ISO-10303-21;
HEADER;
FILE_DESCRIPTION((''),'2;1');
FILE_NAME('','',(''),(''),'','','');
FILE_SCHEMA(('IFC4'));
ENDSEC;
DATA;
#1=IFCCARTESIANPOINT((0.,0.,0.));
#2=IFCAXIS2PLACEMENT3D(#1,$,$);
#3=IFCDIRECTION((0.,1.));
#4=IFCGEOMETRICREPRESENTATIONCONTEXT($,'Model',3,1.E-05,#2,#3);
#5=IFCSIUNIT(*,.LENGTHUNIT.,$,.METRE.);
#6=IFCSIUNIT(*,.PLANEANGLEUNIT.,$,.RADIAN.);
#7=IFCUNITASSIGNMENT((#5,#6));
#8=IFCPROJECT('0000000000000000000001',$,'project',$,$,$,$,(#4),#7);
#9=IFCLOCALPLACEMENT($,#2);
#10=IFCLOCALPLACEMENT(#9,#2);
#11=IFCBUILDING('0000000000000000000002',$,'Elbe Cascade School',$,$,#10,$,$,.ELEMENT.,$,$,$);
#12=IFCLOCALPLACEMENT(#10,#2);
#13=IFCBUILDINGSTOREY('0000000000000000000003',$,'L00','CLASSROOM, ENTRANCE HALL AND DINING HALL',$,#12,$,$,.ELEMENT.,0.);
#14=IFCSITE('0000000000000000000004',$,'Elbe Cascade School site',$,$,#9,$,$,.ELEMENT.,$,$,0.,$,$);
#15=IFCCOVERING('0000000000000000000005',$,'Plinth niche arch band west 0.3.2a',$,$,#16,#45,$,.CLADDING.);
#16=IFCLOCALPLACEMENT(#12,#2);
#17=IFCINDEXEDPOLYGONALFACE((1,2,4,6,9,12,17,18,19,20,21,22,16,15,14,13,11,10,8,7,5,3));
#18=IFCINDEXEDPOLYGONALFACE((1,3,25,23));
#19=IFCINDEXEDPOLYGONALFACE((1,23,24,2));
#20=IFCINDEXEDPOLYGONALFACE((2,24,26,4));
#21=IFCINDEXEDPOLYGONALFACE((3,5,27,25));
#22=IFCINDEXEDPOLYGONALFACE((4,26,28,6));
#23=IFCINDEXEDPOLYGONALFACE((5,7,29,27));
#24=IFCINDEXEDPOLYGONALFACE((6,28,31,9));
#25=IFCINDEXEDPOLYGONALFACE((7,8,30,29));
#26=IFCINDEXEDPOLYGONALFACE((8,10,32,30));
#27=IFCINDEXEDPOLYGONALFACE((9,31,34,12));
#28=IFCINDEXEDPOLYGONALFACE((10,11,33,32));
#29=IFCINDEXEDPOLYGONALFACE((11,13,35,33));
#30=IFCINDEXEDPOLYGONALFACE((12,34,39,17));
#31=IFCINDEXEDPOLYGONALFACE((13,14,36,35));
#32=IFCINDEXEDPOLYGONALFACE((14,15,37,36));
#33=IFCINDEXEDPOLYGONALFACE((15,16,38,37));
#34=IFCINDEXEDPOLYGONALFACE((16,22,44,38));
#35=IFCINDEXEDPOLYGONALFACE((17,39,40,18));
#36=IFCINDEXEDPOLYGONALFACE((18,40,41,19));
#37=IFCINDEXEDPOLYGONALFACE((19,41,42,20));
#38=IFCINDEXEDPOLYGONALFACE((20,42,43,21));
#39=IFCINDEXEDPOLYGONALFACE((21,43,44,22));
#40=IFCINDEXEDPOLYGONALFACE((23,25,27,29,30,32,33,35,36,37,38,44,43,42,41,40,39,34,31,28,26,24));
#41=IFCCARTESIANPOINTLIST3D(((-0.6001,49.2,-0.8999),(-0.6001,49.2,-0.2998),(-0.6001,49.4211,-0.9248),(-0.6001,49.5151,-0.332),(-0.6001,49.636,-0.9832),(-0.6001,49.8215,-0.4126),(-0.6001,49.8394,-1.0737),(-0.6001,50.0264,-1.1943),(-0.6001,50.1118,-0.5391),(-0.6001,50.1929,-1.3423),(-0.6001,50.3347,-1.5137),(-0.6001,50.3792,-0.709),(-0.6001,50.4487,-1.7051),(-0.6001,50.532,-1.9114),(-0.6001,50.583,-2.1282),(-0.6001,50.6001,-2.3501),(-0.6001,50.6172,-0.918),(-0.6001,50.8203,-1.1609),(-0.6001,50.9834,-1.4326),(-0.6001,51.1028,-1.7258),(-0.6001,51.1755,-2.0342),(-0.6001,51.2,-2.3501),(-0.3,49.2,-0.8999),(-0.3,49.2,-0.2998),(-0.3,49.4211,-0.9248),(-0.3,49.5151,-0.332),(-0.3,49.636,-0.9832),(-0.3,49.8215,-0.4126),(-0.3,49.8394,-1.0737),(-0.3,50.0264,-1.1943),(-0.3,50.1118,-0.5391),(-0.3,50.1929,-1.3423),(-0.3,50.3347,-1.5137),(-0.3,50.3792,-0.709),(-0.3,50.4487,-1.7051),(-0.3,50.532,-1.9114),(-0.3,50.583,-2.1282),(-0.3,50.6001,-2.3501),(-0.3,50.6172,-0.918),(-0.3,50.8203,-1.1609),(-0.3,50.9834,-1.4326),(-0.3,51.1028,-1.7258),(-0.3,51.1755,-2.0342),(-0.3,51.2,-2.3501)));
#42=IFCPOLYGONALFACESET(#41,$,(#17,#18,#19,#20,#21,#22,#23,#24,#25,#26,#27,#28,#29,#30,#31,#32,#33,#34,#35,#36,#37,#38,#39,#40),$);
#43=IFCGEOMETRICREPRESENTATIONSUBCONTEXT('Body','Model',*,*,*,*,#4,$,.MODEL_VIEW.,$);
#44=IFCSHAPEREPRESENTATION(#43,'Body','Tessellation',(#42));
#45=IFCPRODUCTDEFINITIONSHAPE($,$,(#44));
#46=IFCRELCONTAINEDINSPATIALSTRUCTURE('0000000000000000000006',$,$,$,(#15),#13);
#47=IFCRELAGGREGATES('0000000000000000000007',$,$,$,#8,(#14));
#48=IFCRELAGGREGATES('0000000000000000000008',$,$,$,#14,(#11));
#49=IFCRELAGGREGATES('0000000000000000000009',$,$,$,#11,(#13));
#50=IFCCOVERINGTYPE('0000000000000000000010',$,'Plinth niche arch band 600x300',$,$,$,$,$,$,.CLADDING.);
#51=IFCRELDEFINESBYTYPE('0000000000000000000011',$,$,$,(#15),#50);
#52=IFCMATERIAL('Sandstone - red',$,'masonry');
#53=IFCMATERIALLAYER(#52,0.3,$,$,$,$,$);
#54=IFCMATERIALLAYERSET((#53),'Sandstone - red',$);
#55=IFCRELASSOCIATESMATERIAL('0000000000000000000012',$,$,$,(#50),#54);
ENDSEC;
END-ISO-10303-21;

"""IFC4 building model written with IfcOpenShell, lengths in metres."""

from ifc_helpers import new_model, si_unit, direction, frame, origin, place, context, subcontext, project, spatial, polyline, outline, extrude, material, layer, layer_set, type_object, element, save


model = new_model("IFC4")

# Units and contexts
model_context = context("Model", 3, precision=1e-05, world=origin(), true_north=direction((0.0, 1.0)))
body_context = subcontext(model_context, "Body", "Model", "MODEL_VIEW")
ifc_project = project(units=[si_unit("LENGTHUNIT", "METRE"), si_unit("PLANEANGLEUNIT", "RADIAN")], contexts=[model_context])

# Site, building, storey
site_placement = place(None, origin())
site = spatial("IfcSite", under=ifc_project, at=site_placement, Name="Elbe Cascade School site", CompositionType="ELEMENT", RefElevation=0.0)
building_placement = place(site_placement, origin())
building = spatial("IfcBuilding", under=site, at=building_placement, Name="Elbe Cascade School", CompositionType="ELEMENT")
storey_placement = place(building_placement, origin())
storey = spatial("IfcBuildingStorey", under=building, at=storey_placement, Name="L00", Description="CLASSROOM, ENTRANCE HALL AND DINING HALL", CompositionType="ELEMENT", Elevation=0.0)

# Covering
ifc_material_1 = material(Name="Sandstone - red", Category="masonry")
ifc_layer_1 = layer(ifc_material_1, 0.3)
ifc_layer_set_1 = layer_set([ifc_layer_1], Name="Sandstone - red")
covering_type = type_object("IfcCoveringType", Name="Plinth niche arch band 600x300", PredefinedType="CLADDING", material=ifc_layer_set_1)
covering_1_placement = place(storey_placement, frame((-0.6001, 51.2, -2.3501), z_axis=(-1.0, 0.0, 0.0), x_axis=(0.0, -1.0, 0.0)))
element("IfcCovering", 1, at=covering_1_placement, inside=storey, type_object=covering_type, Name="Plinth niche arch band west 0.3.2a", PredefinedType="CLADDING", context=body_context, shape_type="SweptSolid", body=[
    extrude(outline(polyline([(0.0, 0.0), (0.5999, 0.0), (0.6169, 0.2219), (0.668, 0.4387), (0.7512, 0.645), (0.8652, 0.8364), (1.0071, 1.0078), (1.1736, 1.1558), (1.3606, 1.2764), (1.564, 1.3669), (1.7788, 1.4253), (2.0, 1.4502), (2.0, 2.0503), (1.6848, 2.0181), (1.3784, 1.9375), (1.0881, 1.811), (0.8208, 1.6411), (0.5828, 1.4321), (0.3796, 1.1892), (0.2166, 0.9175), (0.0972, 0.6243), (0.0244, 0.3159), (0.0, 0.0)])), origin(), (0.0, 0.0, -1.0), 0.3),
])

save(model, "model.ifc")
